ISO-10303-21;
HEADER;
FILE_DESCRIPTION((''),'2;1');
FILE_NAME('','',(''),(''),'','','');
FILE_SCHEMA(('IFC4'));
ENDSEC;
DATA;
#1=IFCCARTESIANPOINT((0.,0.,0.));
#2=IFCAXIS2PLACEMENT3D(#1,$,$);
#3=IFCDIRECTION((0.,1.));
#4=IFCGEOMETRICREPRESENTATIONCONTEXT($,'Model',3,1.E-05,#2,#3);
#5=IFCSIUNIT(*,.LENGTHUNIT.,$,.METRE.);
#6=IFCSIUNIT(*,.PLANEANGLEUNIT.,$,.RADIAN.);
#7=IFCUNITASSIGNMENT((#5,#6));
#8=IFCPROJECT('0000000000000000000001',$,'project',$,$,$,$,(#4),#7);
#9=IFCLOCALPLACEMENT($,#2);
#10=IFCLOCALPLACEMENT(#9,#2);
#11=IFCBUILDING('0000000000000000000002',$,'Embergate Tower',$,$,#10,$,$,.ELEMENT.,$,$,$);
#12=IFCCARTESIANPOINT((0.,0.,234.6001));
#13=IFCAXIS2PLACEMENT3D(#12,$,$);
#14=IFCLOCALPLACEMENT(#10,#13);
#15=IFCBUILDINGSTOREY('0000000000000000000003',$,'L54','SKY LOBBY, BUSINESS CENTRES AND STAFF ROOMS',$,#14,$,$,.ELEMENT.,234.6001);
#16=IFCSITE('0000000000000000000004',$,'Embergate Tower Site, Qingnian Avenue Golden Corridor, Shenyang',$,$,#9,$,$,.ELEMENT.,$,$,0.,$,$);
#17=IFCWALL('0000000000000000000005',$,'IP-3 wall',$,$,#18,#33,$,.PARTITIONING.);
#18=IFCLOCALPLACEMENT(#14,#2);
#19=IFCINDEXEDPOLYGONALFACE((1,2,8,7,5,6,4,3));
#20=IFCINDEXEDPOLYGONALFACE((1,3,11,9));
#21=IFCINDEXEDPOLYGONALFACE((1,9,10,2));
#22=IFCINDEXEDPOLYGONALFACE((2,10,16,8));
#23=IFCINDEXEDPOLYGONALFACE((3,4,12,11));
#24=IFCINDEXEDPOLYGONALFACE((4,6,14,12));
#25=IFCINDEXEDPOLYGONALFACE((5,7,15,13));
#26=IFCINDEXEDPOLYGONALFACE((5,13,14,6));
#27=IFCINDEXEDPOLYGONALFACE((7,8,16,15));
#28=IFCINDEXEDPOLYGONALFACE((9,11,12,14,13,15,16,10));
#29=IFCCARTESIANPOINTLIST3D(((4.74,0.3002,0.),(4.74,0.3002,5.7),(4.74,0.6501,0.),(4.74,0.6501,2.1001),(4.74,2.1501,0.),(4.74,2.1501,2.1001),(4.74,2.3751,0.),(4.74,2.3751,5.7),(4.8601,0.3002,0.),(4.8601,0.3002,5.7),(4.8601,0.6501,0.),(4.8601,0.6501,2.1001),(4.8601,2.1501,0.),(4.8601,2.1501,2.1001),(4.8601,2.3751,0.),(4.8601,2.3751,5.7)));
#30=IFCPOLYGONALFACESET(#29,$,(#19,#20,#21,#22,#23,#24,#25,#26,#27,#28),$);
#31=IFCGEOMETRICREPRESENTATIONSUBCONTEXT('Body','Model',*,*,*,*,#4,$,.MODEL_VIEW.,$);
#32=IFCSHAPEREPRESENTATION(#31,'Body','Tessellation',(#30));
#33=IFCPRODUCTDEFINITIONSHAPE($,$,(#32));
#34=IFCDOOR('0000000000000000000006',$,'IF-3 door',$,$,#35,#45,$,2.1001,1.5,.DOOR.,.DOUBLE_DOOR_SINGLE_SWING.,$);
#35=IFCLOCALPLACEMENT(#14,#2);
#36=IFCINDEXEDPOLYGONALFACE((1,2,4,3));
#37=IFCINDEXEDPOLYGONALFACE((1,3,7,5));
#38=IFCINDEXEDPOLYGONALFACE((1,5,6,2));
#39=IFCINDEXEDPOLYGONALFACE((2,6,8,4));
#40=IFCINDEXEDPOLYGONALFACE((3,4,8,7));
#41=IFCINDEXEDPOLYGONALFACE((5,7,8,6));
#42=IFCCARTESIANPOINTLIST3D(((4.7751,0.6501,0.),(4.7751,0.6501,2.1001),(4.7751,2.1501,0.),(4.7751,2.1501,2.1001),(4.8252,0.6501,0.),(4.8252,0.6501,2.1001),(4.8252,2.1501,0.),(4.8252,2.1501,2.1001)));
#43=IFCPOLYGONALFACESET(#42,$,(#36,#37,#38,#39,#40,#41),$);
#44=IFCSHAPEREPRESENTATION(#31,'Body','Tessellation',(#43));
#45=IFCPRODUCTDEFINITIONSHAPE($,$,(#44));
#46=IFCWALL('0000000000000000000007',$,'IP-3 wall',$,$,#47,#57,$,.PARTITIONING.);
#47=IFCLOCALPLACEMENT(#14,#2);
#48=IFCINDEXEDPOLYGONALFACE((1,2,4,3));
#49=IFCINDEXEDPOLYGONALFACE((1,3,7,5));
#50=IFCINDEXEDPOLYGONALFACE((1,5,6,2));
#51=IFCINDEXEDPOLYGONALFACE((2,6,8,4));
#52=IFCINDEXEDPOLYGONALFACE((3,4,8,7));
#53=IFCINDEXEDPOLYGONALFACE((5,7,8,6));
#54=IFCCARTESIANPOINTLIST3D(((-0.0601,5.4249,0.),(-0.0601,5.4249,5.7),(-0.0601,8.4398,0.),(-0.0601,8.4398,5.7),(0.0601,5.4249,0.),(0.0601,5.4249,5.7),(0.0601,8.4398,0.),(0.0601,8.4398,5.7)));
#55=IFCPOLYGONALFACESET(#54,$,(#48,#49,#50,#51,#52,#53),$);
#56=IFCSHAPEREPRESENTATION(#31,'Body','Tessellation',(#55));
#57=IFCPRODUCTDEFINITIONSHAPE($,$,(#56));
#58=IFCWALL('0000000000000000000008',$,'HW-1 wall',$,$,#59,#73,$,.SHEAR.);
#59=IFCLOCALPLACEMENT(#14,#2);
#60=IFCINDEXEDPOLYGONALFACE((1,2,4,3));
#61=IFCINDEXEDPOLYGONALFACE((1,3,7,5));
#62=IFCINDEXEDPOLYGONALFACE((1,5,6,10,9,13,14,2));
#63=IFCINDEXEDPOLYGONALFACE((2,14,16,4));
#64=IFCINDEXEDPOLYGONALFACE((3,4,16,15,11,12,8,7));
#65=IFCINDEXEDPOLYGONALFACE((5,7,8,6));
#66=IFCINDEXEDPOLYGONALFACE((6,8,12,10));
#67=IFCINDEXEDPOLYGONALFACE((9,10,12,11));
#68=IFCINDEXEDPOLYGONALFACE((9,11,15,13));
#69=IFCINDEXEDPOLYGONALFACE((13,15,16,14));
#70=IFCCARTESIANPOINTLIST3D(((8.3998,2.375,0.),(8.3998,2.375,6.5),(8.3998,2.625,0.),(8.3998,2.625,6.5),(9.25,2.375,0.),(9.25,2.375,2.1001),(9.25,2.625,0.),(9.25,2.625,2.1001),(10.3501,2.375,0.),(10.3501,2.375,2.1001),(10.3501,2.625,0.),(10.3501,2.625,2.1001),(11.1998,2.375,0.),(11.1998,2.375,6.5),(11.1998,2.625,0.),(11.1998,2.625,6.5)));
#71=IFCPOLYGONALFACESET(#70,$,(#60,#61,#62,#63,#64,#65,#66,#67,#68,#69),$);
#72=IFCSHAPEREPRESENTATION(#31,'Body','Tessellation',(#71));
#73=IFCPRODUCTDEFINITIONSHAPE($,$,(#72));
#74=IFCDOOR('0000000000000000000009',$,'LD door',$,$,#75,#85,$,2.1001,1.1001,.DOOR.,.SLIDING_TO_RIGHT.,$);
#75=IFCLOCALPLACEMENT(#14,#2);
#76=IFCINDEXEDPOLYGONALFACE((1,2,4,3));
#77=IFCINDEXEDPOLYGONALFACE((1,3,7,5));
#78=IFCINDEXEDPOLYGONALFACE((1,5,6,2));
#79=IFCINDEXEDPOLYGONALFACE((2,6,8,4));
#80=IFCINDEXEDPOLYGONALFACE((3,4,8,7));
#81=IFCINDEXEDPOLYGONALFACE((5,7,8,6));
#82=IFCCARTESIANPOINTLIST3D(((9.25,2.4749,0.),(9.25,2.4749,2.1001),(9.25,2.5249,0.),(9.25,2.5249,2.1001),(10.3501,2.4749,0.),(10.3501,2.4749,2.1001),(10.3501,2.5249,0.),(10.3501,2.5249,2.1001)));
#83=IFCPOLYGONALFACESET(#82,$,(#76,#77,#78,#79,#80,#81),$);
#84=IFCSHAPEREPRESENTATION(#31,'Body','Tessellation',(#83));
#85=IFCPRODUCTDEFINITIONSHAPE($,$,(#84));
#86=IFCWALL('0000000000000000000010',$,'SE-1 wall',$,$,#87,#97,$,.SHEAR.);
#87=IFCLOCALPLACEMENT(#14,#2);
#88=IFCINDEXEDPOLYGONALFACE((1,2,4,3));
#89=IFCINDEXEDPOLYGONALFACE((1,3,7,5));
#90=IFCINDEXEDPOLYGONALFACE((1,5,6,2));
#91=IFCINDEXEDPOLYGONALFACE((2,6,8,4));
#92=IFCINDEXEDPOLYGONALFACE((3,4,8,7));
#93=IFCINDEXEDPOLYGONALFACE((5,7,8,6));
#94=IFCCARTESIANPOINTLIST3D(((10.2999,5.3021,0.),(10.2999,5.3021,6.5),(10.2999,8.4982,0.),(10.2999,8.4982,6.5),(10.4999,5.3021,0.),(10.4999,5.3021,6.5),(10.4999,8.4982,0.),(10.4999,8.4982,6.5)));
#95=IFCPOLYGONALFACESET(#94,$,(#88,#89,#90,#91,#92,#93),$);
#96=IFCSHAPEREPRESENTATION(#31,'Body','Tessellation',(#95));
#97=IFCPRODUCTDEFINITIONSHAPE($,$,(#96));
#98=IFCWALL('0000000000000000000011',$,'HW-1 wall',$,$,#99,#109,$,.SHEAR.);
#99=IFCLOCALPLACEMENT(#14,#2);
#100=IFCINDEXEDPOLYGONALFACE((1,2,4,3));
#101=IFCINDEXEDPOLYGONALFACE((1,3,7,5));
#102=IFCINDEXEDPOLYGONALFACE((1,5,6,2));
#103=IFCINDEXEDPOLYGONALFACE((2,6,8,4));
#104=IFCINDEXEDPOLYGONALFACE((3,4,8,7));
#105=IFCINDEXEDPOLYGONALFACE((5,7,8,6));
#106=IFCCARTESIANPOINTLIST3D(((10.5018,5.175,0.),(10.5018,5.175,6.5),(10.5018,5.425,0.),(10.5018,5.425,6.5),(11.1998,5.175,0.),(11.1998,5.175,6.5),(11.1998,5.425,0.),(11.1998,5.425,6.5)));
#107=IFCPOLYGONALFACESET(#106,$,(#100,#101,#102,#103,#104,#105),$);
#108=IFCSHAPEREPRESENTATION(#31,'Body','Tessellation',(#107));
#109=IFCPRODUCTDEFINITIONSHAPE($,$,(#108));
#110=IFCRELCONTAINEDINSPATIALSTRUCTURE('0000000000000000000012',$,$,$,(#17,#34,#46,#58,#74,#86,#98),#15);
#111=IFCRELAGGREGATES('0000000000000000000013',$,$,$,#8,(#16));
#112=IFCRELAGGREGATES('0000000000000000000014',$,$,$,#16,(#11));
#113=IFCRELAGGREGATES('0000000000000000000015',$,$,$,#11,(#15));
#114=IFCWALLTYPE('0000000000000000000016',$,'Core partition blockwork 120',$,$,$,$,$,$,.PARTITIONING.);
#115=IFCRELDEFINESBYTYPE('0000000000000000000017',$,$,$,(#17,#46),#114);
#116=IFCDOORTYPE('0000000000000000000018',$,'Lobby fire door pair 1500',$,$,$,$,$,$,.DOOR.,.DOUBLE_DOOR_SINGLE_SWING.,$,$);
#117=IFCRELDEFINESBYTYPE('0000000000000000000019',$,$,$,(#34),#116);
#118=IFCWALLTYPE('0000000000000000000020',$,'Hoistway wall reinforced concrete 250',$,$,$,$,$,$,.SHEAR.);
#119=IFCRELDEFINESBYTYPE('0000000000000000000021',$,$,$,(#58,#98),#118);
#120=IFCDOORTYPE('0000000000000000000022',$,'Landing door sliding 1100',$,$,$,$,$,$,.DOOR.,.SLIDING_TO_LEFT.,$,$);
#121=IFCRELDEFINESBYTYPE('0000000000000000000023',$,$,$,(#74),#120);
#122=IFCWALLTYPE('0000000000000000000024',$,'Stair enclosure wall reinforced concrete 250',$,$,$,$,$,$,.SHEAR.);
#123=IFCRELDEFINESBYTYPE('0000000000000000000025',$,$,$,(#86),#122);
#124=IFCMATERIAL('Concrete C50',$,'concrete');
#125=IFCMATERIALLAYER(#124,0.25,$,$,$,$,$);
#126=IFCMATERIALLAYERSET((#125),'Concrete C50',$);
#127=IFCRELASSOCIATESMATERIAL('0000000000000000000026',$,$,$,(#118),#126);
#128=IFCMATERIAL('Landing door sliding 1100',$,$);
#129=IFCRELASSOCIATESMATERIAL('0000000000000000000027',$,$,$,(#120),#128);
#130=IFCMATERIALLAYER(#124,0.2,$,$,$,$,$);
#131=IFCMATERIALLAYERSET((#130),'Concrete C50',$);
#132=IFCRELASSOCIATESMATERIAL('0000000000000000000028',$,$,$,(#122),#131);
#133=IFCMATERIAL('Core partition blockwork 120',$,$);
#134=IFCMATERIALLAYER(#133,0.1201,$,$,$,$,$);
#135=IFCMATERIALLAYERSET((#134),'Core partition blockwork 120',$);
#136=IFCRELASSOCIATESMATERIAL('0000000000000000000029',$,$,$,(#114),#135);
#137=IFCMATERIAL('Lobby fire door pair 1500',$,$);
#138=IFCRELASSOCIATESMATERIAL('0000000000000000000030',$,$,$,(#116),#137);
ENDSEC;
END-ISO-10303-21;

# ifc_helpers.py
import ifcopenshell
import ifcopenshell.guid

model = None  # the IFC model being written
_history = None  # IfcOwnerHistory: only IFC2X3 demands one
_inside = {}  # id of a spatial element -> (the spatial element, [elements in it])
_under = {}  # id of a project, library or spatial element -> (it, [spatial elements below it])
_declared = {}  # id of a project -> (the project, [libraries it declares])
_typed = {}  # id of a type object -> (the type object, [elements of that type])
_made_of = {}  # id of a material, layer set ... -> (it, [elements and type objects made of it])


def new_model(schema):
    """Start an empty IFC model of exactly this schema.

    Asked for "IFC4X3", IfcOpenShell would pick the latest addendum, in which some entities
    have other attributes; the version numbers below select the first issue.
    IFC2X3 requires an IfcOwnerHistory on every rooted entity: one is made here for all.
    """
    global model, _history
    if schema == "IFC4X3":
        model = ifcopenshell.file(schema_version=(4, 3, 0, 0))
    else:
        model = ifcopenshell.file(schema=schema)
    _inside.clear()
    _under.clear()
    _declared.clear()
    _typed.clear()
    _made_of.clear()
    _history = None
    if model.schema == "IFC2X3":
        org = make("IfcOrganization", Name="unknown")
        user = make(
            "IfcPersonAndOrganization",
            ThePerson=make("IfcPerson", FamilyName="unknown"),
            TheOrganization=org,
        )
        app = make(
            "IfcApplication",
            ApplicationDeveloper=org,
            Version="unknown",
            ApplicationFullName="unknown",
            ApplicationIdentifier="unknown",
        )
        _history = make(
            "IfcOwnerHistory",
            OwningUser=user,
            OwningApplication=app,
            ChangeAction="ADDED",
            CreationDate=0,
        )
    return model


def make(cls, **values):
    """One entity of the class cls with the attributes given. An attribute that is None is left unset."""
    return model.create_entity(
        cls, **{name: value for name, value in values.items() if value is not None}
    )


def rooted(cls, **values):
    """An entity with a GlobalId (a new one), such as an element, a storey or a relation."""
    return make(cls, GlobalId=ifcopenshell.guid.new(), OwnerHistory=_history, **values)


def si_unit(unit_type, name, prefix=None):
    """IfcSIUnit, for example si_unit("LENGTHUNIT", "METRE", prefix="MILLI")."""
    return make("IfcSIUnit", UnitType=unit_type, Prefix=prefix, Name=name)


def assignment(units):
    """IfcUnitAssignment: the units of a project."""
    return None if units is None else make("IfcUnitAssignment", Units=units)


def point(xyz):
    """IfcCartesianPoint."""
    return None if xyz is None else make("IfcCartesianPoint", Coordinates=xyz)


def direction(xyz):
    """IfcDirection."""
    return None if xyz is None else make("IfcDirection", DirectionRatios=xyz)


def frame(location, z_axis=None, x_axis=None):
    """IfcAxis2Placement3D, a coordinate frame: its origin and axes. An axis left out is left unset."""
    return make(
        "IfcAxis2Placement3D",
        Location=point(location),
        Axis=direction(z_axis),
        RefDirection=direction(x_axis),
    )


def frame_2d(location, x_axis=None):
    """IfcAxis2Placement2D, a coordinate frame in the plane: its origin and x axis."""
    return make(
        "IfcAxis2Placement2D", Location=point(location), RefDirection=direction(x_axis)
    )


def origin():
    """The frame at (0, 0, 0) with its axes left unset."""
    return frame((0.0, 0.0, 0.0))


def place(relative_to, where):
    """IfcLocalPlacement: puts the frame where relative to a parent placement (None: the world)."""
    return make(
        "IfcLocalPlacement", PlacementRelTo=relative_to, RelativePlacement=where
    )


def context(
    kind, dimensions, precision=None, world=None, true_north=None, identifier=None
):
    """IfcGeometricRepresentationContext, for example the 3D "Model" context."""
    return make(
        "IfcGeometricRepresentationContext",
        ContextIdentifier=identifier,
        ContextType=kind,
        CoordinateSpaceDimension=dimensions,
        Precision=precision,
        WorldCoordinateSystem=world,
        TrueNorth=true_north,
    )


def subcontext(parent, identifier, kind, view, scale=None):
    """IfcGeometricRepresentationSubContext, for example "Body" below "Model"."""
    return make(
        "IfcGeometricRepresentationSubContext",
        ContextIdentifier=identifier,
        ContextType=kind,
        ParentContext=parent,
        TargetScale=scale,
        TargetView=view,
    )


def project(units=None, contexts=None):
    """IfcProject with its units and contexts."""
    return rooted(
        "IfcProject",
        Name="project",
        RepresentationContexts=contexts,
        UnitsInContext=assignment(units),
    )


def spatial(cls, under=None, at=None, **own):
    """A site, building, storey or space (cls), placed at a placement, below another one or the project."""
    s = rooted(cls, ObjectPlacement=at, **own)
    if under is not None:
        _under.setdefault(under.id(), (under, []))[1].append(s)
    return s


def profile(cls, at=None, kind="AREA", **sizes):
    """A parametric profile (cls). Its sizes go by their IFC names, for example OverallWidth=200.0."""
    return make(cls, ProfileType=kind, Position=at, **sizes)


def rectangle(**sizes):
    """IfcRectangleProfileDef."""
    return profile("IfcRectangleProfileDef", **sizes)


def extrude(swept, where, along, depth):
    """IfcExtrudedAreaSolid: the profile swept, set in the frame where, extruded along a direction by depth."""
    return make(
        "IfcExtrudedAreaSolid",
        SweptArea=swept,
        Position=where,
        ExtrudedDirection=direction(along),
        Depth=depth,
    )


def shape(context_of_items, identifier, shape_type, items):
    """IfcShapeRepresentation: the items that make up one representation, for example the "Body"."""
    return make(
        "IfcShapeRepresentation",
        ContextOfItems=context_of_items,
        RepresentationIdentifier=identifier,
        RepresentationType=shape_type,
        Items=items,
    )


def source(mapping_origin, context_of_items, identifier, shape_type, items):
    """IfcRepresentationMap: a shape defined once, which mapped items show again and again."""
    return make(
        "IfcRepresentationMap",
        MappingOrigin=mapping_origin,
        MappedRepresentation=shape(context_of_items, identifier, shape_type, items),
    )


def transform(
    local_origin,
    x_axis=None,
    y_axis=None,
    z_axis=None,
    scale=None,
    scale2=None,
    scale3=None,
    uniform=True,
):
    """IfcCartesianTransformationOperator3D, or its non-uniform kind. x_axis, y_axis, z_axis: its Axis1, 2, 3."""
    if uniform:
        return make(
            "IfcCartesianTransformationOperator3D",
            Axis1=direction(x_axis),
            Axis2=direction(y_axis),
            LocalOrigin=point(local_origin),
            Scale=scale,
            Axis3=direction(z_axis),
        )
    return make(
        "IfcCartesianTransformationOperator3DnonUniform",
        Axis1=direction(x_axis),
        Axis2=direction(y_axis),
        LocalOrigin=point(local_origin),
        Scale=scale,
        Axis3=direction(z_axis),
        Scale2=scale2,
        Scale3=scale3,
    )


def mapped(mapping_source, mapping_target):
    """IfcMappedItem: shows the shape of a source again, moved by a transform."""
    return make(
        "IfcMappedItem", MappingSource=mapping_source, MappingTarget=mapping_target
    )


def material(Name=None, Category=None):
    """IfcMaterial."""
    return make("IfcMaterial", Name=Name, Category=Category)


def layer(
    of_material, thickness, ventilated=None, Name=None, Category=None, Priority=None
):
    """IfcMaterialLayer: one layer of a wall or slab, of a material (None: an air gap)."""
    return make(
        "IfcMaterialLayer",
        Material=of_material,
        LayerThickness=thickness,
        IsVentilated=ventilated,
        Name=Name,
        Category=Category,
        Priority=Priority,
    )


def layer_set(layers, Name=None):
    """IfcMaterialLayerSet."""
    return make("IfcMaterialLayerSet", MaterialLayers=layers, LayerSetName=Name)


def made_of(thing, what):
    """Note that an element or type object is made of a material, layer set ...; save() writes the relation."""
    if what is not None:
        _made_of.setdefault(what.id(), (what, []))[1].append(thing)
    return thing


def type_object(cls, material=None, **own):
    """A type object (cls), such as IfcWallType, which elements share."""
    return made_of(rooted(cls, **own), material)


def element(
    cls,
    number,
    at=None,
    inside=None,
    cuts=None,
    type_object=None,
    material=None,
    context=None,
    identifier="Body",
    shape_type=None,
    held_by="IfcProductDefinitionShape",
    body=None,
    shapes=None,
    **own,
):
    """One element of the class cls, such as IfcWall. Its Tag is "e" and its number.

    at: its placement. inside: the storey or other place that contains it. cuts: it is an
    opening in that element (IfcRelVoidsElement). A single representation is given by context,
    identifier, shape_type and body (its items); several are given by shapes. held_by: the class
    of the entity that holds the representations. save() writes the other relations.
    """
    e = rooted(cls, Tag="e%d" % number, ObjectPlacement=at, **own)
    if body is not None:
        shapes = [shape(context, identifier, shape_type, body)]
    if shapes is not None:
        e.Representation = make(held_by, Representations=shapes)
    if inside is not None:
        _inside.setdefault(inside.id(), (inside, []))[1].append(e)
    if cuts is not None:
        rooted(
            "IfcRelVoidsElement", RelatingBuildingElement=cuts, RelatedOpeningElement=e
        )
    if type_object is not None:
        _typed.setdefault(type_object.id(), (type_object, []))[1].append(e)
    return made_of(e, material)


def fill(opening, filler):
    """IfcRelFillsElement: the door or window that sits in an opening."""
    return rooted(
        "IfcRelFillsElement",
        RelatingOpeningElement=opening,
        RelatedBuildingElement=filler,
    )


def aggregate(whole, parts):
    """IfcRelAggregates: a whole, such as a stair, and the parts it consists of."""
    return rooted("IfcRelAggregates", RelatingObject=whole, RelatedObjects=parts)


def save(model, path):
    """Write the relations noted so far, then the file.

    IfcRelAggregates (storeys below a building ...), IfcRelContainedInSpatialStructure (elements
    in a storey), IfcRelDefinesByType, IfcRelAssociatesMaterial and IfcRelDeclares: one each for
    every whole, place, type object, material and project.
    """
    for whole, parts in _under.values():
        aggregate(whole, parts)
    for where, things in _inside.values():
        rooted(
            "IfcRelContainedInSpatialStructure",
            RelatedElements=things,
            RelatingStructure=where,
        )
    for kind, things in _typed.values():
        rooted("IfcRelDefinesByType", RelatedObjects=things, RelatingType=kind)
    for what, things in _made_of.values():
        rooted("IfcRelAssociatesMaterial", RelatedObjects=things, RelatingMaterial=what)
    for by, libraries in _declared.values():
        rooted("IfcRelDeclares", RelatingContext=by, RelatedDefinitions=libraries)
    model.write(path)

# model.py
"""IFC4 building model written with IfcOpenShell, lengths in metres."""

from ifc_helpers import new_model, si_unit, direction, frame, frame_2d, origin, place, context, subcontext, project, spatial, rectangle, extrude, source, transform, mapped, material, layer, layer_set, type_object, element, fill, save


model = new_model("IFC4")

# Units and contexts
model_context = context("Model", 3, precision=1e-05, world=origin(), true_north=direction((0.0, 1.0)))
body_context = subcontext(model_context, "Body", "Model", "MODEL_VIEW")
ifc_project = project(units=[si_unit("LENGTHUNIT", "METRE"), si_unit("PLANEANGLEUNIT", "RADIAN")], contexts=[model_context])

# Site, building, storey
site_placement = place(None, origin())
site = spatial("IfcSite", under=ifc_project, at=site_placement, Name="Embergate Tower Site, Qingnian Avenue Golden Corridor, Shenyang", CompositionType="ELEMENT", RefElevation=0.0)
building_placement = place(site_placement, origin())
building = spatial("IfcBuilding", under=site, at=building_placement, Name="Embergate Tower", CompositionType="ELEMENT")
storey_placement = place(building_placement, frame((0.0, 0.0, 234.6001)))
storey = spatial("IfcBuildingStorey", under=building, at=storey_placement, Name="L54", Description="SKY LOBBY, BUSINESS CENTRES AND STAFF ROOMS", CompositionType="ELEMENT", Elevation=234.6001)

# Shared definitions
ifc_material_1 = material(Name="Concrete C50", Category="concrete")
ifc_layer_1 = layer(ifc_material_1, 0.25)
ifc_layer_set_1 = layer_set([ifc_layer_1], Name="Concrete C50")
wall_type_1 = type_object("IfcWallType", Name="Hoistway wall reinforced concrete 250", PredefinedType="SHEAR", material=ifc_layer_set_1)

# Shared definitions
shared_shape_1 = source(origin(), body_context, "Body", "SweptSolid", [
    extrude(rectangle(XDim=1.1001, YDim=2.1001, at=frame_2d((0.55, 1.05))), frame((0.0, 0.135, 0.0), z_axis=(0.0, -1.0, 0.0), x_axis=(1.0, 0.0, 0.0)), (0.0, 0.0, 1.0), 0.27),
])
ifc_material_2 = material(Name="Landing door sliding 1100")
door_type_1 = type_object("IfcDoorType", Name="Landing door sliding 1100", OperationType="SLIDING_TO_LEFT", PredefinedType="DOOR", material=ifc_material_2)
shared_shape_2 = source(origin(), body_context, "Body", "SweptSolid", [
    extrude(rectangle(XDim=1.1001, YDim=2.1001, at=frame_2d((0.55, 1.05))), frame((0.0, 0.0249, 0.0), z_axis=(0.0, -1.0, 0.0), x_axis=(1.0, 0.0, 0.0)), (0.0, 0.0, 1.0), 0.05),
])

# Shared definitions
ifc_layer_2 = layer(ifc_material_1, 0.2)
ifc_layer_set_2 = layer_set([ifc_layer_2], Name="Concrete C50")
wall_type_2 = type_object("IfcWallType", Name="Stair enclosure wall reinforced concrete 250", PredefinedType="SHEAR", material=ifc_layer_set_2)

# Shared definitions
ifc_material_3 = material(Name="Core partition blockwork 120")
ifc_layer_3 = layer(ifc_material_3, 0.1201)
ifc_layer_set_3 = layer_set([ifc_layer_3], Name="Core partition blockwork 120")
wall_type_3 = type_object("IfcWallType", Name="Core partition blockwork 120", PredefinedType="PARTITIONING", material=ifc_layer_set_3)

# Wall, opening, door
shared_shape_3 = source(origin(), body_context, "Body", "SweptSolid", [
    extrude(rectangle(XDim=2.075, YDim=0.1201, at=frame_2d((1.0376, 0.0))), origin(), (0.0, 0.0, 1.0), 5.7),
])
wall_1_placement = place(storey_placement, frame((4.8, 0.3, 0.0), z_axis=(0.0, 0.0, 1.0), x_axis=(0.0, 1.0, 0.0)))
wall_1 = element("IfcWall", 1, at=wall_1_placement, inside=storey, type_object=wall_type_3, Name="IP-3 wall", PredefinedType="PARTITIONING", context=body_context, shape_type="MappedRepresentation", body=[
    mapped(shared_shape_3, transform((0.0, 0.0, 0.0))),
])
shared_shape_4 = source(origin(), body_context, "Body", "SweptSolid", [
    extrude(rectangle(XDim=1.5, YDim=2.1001, at=frame_2d((0.75, 1.05))), frame((0.0, 0.0701, 0.0), z_axis=(0.0, -1.0, 0.0), x_axis=(1.0, 0.0, 0.0)), (0.0, 0.0, 1.0), 0.1401),
])
opening_1_placement = place(wall_1_placement, frame((0.3501, 0.0, 0.0)))
opening_1 = element("IfcOpeningElement", 2, at=opening_1_placement, cuts=wall_1, PredefinedType="OPENING", context=body_context, shape_type="MappedRepresentation", body=[
    mapped(shared_shape_4, transform((0.0, 0.0, 0.0))),
])
ifc_material_4 = material(Name="Lobby fire door pair 1500")
door_type_2 = type_object("IfcDoorType", Name="Lobby fire door pair 1500", OperationType="DOUBLE_DOOR_SINGLE_SWING", PredefinedType="DOOR", material=ifc_material_4)
shared_shape_5 = source(origin(), body_context, "Body", "SweptSolid", [
    extrude(rectangle(XDim=1.5, YDim=2.1001, at=frame_2d((0.75, 1.05))), frame((0.0, 0.0249, 0.0), z_axis=(0.0, -1.0, 0.0), x_axis=(1.0, 0.0, 0.0)), (0.0, 0.0, 1.0), 0.05),
])
door_1_placement = place(opening_1_placement, origin())
door_1 = element("IfcDoor", 3, at=door_1_placement, inside=storey, type_object=door_type_2, Name="IF-3 door", OperationType="DOUBLE_DOOR_SINGLE_SWING", OverallHeight=2.1001, OverallWidth=1.5, PredefinedType="DOOR", context=body_context, shape_type="MappedRepresentation", body=[
    mapped(shared_shape_5, transform((0.0, 0.0, 0.0))),
])
fill(opening_1, door_1)

# Wall
shared_shape_6 = source(origin(), body_context, "Body", "SweptSolid", [
    extrude(rectangle(XDim=3.0149, YDim=0.1201, at=frame_2d((1.5073, 0.0))), origin(), (0.0, 0.0, 1.0), 5.7),
])
wall_2_placement = place(storey_placement, frame((0.0, 5.425, 0.0), z_axis=(0.0, 0.0, 1.0), x_axis=(0.0, 1.0, 0.0)))
element("IfcWall", 4, at=wall_2_placement, inside=storey, type_object=wall_type_3, Name="IP-3 wall", PredefinedType="PARTITIONING", context=body_context, shape_type="MappedRepresentation", body=[
    mapped(shared_shape_6, transform((0.0, 0.0, 0.0))),
])

# Wall, opening, door
shared_shape_7 = source(origin(), body_context, "Body", "SweptSolid", [
    extrude(rectangle(XDim=2.8, YDim=0.25, at=frame_2d((1.3999, 0.0))), origin(), (0.0, 0.0, 1.0), 6.5),
])
wall_3_placement = place(storey_placement, frame((8.3999, 2.5, 0.0), z_axis=(0.0, 0.0, 1.0), x_axis=(1.0, 0.0, 0.0)))
wall_3 = element("IfcWall", 5, at=wall_3_placement, inside=storey, type_object=wall_type_1, Name="HW-1 wall", PredefinedType="SHEAR", context=body_context, shape_type="MappedRepresentation", body=[
    mapped(shared_shape_7, transform((0.0, 0.0, 0.0))),
])
opening_2_placement = place(wall_3_placement, frame((0.8501, 0.0, 0.0)))
opening_2 = element("IfcOpeningElement", 6, at=opening_2_placement, cuts=wall_3, PredefinedType="OPENING", context=body_context, shape_type="MappedRepresentation", body=[
    mapped(shared_shape_1, transform((0.0, 0.0, 0.0))),
])
door_2_placement = place(opening_2_placement, origin())
door_2 = element("IfcDoor", 7, at=door_2_placement, inside=storey, type_object=door_type_1, Name="LD door", OperationType="SLIDING_TO_RIGHT", OverallHeight=2.1001, OverallWidth=1.1001, PredefinedType="DOOR", context=body_context, shape_type="MappedRepresentation", body=[
    mapped(shared_shape_2, transform((0.0, 0.0, 0.0))),
])
fill(opening_2, door_2)

# Walls
shared_shape_8 = source(origin(), body_context, "Body", "SweptSolid", [
    extrude(rectangle(XDim=3.196, YDim=0.2, at=frame_2d((1.5981, 0.0))), origin(), (0.0, 0.0, 1.0), 6.5),
])
wall_4_placement = place(storey_placement, frame((10.3999, 5.302, 0.0), z_axis=(0.0, 0.0, 1.0), x_axis=(0.0, 1.0, 0.0)))
element("IfcWall", 8, at=wall_4_placement, inside=storey, type_object=wall_type_2, Name="SE-1 wall", PredefinedType="SHEAR", context=body_context, shape_type="MappedRepresentation", body=[
    mapped(shared_shape_8, transform((0.0, 0.0, 0.0))),
])
shared_shape_9 = source(origin(), body_context, "Body", "SweptSolid", [
    extrude(rectangle(XDim=0.698, YDim=0.25, at=frame_2d((0.3491, 0.0))), origin(), (0.0, 0.0, 1.0), 6.5),
])
wall_5_placement = place(storey_placement, frame((11.2, 5.3, 0.0), z_axis=(0.0, 0.0, 1.0), x_axis=(-1.0, 0.0, 0.0)))
element("IfcWall", 9, at=wall_5_placement, inside=storey, type_object=wall_type_1, Name="HW-1 wall", PredefinedType="SHEAR", context=body_context, shape_type="MappedRepresentation", body=[
    mapped(shared_shape_9, transform((0.0, 0.0, 0.0))),
])

save(model, "model.ifc")
